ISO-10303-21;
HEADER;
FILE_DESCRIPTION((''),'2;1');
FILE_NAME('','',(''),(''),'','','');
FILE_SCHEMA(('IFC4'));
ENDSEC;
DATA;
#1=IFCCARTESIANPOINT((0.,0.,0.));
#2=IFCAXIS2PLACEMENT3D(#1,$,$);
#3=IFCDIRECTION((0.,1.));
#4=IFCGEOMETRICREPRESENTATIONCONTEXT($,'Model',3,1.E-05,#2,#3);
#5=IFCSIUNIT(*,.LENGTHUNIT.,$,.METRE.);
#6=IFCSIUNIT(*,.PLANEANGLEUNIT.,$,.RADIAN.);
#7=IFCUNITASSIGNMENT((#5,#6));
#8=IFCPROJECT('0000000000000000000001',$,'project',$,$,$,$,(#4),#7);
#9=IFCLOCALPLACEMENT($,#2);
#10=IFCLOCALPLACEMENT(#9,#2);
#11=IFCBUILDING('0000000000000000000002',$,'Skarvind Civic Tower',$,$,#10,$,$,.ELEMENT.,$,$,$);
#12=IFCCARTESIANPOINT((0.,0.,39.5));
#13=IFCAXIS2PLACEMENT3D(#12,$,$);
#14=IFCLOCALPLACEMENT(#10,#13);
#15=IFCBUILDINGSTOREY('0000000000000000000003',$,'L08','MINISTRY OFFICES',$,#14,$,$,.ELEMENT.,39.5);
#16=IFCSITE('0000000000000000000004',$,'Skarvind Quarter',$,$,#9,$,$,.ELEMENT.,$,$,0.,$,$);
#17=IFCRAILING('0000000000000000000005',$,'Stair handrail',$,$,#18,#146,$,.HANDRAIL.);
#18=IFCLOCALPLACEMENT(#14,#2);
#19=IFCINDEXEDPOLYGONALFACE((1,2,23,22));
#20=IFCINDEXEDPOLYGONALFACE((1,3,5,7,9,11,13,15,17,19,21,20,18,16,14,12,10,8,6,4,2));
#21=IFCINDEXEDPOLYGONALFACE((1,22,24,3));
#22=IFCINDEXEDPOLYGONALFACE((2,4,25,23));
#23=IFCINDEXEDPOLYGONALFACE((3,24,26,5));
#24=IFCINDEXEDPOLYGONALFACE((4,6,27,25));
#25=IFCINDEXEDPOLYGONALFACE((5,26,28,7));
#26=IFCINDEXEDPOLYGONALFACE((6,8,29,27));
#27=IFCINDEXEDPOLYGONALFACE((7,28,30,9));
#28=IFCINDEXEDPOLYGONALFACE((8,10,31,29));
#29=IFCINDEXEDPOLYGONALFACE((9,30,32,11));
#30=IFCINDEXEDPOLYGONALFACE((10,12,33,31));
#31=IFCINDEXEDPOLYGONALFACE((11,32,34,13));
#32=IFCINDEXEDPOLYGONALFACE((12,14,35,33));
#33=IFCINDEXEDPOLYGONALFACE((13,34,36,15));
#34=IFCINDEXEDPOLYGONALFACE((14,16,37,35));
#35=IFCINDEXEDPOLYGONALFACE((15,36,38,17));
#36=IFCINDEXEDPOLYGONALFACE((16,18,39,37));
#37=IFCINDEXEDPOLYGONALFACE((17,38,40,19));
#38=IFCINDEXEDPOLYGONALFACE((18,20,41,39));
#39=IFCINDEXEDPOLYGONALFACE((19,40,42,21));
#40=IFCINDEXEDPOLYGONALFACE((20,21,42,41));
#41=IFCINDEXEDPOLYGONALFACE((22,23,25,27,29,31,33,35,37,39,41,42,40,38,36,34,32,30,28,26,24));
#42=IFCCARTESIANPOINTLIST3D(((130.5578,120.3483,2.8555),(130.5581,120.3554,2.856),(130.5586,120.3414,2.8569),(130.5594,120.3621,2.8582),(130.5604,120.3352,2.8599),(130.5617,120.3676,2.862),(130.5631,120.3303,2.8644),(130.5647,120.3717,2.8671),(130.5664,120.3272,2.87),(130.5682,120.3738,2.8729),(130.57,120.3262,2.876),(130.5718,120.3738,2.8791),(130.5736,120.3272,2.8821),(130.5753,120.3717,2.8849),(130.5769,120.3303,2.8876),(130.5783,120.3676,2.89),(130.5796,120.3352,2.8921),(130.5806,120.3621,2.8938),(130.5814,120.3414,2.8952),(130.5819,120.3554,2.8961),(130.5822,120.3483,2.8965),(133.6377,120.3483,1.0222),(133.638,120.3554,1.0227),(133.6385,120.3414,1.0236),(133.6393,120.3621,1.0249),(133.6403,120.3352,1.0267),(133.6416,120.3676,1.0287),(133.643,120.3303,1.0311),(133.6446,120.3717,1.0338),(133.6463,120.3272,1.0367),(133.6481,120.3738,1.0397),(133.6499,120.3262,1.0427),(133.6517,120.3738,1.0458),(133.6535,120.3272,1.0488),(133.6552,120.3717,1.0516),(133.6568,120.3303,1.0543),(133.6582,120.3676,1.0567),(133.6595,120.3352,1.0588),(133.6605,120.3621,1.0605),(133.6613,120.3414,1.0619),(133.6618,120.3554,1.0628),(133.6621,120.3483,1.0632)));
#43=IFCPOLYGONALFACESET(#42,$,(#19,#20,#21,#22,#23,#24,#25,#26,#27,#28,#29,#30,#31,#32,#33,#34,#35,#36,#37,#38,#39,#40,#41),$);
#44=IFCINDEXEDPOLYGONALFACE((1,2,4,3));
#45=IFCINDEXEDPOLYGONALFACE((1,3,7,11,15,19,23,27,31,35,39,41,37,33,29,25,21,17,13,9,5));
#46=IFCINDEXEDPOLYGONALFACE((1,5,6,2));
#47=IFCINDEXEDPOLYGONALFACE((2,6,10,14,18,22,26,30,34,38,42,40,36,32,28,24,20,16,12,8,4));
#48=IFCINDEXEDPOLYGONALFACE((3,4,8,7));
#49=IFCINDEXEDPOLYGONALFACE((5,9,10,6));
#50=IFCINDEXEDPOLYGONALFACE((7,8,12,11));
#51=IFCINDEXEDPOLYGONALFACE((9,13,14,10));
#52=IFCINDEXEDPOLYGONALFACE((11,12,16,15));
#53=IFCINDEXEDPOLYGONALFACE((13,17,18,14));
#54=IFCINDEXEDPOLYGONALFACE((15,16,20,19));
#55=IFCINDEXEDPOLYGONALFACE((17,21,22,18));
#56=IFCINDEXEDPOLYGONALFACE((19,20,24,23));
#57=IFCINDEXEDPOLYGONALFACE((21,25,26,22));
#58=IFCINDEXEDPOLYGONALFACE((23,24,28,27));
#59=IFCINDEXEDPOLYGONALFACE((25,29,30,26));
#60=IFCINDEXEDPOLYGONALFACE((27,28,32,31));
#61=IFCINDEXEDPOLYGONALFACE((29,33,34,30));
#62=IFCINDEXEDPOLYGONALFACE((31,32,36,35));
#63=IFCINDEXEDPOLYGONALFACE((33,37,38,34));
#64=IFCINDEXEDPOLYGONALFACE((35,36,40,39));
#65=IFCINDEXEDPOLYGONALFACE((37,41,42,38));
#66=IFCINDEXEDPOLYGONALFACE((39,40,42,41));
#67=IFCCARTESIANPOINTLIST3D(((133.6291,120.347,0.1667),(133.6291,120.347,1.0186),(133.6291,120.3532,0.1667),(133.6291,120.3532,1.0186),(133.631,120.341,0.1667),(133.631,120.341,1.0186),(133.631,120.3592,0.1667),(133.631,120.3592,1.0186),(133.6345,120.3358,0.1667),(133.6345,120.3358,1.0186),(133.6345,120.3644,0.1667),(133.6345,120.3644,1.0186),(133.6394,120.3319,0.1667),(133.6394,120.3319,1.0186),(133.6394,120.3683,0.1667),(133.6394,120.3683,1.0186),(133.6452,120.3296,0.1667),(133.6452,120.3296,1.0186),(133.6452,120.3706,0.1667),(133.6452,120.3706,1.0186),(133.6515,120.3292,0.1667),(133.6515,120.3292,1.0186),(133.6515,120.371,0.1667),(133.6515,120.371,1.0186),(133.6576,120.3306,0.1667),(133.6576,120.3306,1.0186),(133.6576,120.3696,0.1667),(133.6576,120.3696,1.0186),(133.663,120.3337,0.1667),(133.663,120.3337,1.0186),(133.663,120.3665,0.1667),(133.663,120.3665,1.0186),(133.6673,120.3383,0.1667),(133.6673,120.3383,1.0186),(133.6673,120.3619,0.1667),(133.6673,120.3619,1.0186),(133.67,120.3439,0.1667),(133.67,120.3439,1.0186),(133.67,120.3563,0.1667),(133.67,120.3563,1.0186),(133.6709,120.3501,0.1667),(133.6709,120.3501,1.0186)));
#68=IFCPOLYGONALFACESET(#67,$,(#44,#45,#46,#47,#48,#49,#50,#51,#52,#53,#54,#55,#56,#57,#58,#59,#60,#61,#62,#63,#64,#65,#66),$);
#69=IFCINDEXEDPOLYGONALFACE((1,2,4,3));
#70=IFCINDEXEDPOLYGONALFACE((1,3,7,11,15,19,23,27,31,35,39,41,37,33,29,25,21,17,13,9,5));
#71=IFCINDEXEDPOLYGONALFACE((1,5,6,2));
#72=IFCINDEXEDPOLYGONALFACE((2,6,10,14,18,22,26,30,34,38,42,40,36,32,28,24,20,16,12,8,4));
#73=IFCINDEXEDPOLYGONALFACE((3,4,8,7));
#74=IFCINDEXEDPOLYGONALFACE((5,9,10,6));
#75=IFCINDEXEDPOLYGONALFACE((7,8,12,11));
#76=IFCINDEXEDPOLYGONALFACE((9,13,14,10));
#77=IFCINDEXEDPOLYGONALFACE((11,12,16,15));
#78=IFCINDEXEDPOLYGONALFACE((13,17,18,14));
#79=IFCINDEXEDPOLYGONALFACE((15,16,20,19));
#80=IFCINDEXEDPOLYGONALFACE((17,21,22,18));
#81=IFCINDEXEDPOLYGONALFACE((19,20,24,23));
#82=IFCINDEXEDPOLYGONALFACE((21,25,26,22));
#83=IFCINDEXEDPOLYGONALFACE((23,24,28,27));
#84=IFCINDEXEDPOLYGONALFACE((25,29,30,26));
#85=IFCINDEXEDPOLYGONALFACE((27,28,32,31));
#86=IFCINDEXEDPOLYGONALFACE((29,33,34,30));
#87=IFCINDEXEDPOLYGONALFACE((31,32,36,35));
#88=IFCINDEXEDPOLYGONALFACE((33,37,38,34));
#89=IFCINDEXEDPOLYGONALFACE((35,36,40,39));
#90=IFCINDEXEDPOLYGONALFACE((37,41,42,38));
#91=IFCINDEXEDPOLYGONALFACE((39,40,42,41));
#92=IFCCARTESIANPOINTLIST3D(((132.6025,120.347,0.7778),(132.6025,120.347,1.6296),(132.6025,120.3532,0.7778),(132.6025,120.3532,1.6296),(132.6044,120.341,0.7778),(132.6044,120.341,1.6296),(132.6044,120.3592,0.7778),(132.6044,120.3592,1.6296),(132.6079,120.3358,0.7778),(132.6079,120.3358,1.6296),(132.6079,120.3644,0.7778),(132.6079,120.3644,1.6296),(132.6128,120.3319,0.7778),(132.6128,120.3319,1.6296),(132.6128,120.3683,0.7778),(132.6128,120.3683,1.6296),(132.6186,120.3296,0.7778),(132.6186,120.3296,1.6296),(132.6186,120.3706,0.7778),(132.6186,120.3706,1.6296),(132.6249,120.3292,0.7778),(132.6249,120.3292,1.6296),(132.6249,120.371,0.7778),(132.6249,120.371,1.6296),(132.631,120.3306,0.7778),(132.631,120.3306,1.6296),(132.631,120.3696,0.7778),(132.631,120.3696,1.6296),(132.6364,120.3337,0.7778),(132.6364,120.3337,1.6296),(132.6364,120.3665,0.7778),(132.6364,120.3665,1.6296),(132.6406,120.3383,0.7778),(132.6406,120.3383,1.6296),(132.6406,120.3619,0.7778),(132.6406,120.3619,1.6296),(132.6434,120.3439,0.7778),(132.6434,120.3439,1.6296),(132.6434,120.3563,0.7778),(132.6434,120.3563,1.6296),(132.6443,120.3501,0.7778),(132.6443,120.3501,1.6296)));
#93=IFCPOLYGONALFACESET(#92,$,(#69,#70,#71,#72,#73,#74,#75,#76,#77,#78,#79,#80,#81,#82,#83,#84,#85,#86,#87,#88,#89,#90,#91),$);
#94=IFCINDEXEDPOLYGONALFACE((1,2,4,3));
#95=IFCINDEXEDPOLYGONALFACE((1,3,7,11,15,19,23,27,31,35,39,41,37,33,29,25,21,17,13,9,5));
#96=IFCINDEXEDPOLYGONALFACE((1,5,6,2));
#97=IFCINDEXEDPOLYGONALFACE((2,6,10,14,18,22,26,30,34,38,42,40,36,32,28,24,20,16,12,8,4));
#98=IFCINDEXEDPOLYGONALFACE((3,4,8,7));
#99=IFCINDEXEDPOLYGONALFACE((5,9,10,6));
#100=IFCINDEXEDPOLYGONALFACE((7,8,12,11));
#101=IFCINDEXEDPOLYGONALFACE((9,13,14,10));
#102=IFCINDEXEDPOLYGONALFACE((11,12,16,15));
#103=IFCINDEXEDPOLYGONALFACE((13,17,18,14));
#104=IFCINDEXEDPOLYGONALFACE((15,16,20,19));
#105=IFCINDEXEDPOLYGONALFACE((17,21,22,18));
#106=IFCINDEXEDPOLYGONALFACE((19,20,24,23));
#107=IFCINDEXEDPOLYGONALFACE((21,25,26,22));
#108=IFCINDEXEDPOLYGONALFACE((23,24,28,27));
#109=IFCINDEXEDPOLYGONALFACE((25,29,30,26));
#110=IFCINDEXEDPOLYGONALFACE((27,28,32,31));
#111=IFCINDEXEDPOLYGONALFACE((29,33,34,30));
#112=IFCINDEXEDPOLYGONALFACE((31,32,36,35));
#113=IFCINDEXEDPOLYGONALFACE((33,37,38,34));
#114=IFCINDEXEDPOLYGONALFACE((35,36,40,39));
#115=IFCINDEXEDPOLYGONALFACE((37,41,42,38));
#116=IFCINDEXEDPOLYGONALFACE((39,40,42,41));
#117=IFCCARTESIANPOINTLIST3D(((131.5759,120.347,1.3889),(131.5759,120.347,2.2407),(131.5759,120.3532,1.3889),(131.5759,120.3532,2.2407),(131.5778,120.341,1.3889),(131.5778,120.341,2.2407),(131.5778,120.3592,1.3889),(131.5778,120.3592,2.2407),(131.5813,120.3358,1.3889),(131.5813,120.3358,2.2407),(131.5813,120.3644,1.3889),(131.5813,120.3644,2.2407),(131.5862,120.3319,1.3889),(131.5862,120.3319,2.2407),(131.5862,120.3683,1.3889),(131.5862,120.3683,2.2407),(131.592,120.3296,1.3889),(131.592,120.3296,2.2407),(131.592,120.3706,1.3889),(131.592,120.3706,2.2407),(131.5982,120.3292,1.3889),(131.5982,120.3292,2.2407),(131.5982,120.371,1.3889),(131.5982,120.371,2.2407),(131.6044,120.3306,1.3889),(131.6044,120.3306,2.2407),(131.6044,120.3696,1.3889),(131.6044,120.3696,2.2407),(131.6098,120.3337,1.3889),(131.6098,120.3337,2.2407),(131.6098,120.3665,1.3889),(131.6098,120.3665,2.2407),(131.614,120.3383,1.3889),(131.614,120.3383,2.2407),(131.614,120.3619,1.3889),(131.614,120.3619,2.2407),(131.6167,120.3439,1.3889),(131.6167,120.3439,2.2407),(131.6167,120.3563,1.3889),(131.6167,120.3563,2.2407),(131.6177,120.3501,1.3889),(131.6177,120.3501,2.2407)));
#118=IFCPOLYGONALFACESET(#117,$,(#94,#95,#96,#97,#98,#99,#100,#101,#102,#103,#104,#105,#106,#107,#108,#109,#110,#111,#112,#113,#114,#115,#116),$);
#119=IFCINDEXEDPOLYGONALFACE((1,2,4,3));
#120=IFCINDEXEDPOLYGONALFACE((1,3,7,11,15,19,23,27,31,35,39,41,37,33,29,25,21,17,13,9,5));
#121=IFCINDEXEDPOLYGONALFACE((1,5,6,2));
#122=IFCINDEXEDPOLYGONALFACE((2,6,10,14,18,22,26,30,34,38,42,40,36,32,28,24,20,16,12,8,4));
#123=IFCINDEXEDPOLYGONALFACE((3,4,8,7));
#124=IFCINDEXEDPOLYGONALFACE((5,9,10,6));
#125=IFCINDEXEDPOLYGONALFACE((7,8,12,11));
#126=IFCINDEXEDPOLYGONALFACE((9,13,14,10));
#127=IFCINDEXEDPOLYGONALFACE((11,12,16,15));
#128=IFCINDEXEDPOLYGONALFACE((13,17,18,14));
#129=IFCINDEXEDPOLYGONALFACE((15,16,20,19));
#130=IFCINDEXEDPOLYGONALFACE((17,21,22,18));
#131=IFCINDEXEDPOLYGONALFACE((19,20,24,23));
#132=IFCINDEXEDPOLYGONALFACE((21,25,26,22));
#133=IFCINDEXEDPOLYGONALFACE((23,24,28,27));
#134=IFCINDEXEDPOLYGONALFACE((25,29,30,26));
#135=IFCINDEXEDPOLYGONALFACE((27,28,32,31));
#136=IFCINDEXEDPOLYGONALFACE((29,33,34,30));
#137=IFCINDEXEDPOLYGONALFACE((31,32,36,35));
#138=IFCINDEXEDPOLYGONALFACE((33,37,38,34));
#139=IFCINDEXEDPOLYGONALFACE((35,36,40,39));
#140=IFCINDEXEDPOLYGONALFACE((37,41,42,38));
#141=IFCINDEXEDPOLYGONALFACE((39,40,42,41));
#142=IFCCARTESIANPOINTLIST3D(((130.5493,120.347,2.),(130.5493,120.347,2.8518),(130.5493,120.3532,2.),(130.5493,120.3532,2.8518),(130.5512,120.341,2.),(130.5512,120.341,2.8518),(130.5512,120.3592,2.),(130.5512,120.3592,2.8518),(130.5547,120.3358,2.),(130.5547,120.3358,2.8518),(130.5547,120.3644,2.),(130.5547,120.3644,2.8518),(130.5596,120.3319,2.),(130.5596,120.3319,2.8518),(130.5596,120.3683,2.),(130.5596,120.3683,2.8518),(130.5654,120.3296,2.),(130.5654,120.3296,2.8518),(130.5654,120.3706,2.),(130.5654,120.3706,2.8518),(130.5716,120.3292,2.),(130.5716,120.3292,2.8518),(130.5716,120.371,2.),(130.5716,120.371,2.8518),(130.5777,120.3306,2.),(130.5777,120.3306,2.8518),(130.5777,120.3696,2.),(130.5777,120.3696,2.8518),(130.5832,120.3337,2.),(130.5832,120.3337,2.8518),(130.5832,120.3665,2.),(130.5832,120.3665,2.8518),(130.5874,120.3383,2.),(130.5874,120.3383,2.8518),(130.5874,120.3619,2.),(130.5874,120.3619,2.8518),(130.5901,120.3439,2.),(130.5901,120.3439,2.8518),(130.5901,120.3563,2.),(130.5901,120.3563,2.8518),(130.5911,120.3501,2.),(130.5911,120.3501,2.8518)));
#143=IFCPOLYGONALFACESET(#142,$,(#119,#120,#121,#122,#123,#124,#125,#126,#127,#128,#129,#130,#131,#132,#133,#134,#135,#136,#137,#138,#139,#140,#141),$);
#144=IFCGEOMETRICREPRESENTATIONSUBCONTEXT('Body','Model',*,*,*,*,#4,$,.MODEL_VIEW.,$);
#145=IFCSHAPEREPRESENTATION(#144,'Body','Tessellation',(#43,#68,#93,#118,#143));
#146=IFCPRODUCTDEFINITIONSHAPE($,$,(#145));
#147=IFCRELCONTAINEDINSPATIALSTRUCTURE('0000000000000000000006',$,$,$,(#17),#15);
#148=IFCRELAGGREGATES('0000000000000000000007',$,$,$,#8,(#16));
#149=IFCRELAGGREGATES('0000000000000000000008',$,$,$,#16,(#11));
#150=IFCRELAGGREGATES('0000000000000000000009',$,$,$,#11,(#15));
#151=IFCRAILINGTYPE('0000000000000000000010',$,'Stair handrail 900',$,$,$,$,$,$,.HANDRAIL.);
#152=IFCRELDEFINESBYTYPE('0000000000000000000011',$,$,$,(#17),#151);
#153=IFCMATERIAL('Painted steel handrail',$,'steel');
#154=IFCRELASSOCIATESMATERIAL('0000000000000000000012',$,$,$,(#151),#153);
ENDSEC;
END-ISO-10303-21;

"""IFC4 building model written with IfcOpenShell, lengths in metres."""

from ifc_helpers import new_model, si_unit, direction, frame, origin, origin_2d, place, context, subcontext, project, spatial, circle, extrude, material, type_object, element, save


model = new_model("IFC4")

# Units and contexts
model_context = context("Model", 3, precision=1e-05, world=origin(), true_north=direction((0.0, 1.0)))
body_context = subcontext(model_context, "Body", "Model", "MODEL_VIEW")
ifc_project = project(units=[si_unit("LENGTHUNIT", "METRE"), si_unit("PLANEANGLEUNIT", "RADIAN")], contexts=[model_context])

# Site, building, storey
site_placement = place(None, origin())
site = spatial("IfcSite", under=ifc_project, at=site_placement, Name="Skarvind Quarter", CompositionType="ELEMENT", RefElevation=0.0)
building_placement = place(site_placement, origin())
building = spatial("IfcBuilding", under=site, at=building_placement, Name="Skarvind Civic Tower", CompositionType="ELEMENT")
storey_placement = place(building_placement, frame((0.0, 0.0, 39.5)))
storey = spatial("IfcBuildingStorey", under=building, at=storey_placement, Name="L08", Description="MINISTRY OFFICES", CompositionType="ELEMENT", Elevation=39.5)

# Railing
ifc_material_1 = material(Name="Painted steel handrail", Category="steel")
railing_type = type_object("IfcRailingType", Name="Stair handrail 900", PredefinedType="HANDRAIL", material=ifc_material_1)
railing_1_placement = place(storey_placement, frame((133.6499, 120.3501, 0.1667)))
element("IfcRailing", 1, at=railing_1_placement, inside=storey, type_object=railing_type, Name="Stair handrail", PredefinedType="HANDRAIL", context=body_context, shape_type="SweptSolid", body=[
    extrude(circle(Radius=0.0239, at=origin_2d()), frame((0.0, 0.0, 0.876), z_axis=(-0.859291, 0.0, 0.511487), x_axis=(0.0, -1.0, 0.0)), (0.0, 0.0, 1.0), 3.5842),
    extrude(circle(Radius=0.021, at=origin_2d()), origin(), (0.0, 0.0, 1.0), 0.8518),
    extrude(circle(Radius=0.021, at=origin_2d()), frame((-1.0266, 0.0, 0.6111)), (0.0, 0.0, 1.0), 0.8518),
    extrude(circle(Radius=0.021, at=origin_2d()), frame((-2.0532, 0.0, 1.2222)), (0.0, 0.0, 1.0), 0.8518),
    extrude(circle(Radius=0.021, at=origin_2d()), frame((-3.0798, 0.0, 1.8333)), (0.0, 0.0, 1.0), 0.8518),
])

save(model, "model.ifc")
